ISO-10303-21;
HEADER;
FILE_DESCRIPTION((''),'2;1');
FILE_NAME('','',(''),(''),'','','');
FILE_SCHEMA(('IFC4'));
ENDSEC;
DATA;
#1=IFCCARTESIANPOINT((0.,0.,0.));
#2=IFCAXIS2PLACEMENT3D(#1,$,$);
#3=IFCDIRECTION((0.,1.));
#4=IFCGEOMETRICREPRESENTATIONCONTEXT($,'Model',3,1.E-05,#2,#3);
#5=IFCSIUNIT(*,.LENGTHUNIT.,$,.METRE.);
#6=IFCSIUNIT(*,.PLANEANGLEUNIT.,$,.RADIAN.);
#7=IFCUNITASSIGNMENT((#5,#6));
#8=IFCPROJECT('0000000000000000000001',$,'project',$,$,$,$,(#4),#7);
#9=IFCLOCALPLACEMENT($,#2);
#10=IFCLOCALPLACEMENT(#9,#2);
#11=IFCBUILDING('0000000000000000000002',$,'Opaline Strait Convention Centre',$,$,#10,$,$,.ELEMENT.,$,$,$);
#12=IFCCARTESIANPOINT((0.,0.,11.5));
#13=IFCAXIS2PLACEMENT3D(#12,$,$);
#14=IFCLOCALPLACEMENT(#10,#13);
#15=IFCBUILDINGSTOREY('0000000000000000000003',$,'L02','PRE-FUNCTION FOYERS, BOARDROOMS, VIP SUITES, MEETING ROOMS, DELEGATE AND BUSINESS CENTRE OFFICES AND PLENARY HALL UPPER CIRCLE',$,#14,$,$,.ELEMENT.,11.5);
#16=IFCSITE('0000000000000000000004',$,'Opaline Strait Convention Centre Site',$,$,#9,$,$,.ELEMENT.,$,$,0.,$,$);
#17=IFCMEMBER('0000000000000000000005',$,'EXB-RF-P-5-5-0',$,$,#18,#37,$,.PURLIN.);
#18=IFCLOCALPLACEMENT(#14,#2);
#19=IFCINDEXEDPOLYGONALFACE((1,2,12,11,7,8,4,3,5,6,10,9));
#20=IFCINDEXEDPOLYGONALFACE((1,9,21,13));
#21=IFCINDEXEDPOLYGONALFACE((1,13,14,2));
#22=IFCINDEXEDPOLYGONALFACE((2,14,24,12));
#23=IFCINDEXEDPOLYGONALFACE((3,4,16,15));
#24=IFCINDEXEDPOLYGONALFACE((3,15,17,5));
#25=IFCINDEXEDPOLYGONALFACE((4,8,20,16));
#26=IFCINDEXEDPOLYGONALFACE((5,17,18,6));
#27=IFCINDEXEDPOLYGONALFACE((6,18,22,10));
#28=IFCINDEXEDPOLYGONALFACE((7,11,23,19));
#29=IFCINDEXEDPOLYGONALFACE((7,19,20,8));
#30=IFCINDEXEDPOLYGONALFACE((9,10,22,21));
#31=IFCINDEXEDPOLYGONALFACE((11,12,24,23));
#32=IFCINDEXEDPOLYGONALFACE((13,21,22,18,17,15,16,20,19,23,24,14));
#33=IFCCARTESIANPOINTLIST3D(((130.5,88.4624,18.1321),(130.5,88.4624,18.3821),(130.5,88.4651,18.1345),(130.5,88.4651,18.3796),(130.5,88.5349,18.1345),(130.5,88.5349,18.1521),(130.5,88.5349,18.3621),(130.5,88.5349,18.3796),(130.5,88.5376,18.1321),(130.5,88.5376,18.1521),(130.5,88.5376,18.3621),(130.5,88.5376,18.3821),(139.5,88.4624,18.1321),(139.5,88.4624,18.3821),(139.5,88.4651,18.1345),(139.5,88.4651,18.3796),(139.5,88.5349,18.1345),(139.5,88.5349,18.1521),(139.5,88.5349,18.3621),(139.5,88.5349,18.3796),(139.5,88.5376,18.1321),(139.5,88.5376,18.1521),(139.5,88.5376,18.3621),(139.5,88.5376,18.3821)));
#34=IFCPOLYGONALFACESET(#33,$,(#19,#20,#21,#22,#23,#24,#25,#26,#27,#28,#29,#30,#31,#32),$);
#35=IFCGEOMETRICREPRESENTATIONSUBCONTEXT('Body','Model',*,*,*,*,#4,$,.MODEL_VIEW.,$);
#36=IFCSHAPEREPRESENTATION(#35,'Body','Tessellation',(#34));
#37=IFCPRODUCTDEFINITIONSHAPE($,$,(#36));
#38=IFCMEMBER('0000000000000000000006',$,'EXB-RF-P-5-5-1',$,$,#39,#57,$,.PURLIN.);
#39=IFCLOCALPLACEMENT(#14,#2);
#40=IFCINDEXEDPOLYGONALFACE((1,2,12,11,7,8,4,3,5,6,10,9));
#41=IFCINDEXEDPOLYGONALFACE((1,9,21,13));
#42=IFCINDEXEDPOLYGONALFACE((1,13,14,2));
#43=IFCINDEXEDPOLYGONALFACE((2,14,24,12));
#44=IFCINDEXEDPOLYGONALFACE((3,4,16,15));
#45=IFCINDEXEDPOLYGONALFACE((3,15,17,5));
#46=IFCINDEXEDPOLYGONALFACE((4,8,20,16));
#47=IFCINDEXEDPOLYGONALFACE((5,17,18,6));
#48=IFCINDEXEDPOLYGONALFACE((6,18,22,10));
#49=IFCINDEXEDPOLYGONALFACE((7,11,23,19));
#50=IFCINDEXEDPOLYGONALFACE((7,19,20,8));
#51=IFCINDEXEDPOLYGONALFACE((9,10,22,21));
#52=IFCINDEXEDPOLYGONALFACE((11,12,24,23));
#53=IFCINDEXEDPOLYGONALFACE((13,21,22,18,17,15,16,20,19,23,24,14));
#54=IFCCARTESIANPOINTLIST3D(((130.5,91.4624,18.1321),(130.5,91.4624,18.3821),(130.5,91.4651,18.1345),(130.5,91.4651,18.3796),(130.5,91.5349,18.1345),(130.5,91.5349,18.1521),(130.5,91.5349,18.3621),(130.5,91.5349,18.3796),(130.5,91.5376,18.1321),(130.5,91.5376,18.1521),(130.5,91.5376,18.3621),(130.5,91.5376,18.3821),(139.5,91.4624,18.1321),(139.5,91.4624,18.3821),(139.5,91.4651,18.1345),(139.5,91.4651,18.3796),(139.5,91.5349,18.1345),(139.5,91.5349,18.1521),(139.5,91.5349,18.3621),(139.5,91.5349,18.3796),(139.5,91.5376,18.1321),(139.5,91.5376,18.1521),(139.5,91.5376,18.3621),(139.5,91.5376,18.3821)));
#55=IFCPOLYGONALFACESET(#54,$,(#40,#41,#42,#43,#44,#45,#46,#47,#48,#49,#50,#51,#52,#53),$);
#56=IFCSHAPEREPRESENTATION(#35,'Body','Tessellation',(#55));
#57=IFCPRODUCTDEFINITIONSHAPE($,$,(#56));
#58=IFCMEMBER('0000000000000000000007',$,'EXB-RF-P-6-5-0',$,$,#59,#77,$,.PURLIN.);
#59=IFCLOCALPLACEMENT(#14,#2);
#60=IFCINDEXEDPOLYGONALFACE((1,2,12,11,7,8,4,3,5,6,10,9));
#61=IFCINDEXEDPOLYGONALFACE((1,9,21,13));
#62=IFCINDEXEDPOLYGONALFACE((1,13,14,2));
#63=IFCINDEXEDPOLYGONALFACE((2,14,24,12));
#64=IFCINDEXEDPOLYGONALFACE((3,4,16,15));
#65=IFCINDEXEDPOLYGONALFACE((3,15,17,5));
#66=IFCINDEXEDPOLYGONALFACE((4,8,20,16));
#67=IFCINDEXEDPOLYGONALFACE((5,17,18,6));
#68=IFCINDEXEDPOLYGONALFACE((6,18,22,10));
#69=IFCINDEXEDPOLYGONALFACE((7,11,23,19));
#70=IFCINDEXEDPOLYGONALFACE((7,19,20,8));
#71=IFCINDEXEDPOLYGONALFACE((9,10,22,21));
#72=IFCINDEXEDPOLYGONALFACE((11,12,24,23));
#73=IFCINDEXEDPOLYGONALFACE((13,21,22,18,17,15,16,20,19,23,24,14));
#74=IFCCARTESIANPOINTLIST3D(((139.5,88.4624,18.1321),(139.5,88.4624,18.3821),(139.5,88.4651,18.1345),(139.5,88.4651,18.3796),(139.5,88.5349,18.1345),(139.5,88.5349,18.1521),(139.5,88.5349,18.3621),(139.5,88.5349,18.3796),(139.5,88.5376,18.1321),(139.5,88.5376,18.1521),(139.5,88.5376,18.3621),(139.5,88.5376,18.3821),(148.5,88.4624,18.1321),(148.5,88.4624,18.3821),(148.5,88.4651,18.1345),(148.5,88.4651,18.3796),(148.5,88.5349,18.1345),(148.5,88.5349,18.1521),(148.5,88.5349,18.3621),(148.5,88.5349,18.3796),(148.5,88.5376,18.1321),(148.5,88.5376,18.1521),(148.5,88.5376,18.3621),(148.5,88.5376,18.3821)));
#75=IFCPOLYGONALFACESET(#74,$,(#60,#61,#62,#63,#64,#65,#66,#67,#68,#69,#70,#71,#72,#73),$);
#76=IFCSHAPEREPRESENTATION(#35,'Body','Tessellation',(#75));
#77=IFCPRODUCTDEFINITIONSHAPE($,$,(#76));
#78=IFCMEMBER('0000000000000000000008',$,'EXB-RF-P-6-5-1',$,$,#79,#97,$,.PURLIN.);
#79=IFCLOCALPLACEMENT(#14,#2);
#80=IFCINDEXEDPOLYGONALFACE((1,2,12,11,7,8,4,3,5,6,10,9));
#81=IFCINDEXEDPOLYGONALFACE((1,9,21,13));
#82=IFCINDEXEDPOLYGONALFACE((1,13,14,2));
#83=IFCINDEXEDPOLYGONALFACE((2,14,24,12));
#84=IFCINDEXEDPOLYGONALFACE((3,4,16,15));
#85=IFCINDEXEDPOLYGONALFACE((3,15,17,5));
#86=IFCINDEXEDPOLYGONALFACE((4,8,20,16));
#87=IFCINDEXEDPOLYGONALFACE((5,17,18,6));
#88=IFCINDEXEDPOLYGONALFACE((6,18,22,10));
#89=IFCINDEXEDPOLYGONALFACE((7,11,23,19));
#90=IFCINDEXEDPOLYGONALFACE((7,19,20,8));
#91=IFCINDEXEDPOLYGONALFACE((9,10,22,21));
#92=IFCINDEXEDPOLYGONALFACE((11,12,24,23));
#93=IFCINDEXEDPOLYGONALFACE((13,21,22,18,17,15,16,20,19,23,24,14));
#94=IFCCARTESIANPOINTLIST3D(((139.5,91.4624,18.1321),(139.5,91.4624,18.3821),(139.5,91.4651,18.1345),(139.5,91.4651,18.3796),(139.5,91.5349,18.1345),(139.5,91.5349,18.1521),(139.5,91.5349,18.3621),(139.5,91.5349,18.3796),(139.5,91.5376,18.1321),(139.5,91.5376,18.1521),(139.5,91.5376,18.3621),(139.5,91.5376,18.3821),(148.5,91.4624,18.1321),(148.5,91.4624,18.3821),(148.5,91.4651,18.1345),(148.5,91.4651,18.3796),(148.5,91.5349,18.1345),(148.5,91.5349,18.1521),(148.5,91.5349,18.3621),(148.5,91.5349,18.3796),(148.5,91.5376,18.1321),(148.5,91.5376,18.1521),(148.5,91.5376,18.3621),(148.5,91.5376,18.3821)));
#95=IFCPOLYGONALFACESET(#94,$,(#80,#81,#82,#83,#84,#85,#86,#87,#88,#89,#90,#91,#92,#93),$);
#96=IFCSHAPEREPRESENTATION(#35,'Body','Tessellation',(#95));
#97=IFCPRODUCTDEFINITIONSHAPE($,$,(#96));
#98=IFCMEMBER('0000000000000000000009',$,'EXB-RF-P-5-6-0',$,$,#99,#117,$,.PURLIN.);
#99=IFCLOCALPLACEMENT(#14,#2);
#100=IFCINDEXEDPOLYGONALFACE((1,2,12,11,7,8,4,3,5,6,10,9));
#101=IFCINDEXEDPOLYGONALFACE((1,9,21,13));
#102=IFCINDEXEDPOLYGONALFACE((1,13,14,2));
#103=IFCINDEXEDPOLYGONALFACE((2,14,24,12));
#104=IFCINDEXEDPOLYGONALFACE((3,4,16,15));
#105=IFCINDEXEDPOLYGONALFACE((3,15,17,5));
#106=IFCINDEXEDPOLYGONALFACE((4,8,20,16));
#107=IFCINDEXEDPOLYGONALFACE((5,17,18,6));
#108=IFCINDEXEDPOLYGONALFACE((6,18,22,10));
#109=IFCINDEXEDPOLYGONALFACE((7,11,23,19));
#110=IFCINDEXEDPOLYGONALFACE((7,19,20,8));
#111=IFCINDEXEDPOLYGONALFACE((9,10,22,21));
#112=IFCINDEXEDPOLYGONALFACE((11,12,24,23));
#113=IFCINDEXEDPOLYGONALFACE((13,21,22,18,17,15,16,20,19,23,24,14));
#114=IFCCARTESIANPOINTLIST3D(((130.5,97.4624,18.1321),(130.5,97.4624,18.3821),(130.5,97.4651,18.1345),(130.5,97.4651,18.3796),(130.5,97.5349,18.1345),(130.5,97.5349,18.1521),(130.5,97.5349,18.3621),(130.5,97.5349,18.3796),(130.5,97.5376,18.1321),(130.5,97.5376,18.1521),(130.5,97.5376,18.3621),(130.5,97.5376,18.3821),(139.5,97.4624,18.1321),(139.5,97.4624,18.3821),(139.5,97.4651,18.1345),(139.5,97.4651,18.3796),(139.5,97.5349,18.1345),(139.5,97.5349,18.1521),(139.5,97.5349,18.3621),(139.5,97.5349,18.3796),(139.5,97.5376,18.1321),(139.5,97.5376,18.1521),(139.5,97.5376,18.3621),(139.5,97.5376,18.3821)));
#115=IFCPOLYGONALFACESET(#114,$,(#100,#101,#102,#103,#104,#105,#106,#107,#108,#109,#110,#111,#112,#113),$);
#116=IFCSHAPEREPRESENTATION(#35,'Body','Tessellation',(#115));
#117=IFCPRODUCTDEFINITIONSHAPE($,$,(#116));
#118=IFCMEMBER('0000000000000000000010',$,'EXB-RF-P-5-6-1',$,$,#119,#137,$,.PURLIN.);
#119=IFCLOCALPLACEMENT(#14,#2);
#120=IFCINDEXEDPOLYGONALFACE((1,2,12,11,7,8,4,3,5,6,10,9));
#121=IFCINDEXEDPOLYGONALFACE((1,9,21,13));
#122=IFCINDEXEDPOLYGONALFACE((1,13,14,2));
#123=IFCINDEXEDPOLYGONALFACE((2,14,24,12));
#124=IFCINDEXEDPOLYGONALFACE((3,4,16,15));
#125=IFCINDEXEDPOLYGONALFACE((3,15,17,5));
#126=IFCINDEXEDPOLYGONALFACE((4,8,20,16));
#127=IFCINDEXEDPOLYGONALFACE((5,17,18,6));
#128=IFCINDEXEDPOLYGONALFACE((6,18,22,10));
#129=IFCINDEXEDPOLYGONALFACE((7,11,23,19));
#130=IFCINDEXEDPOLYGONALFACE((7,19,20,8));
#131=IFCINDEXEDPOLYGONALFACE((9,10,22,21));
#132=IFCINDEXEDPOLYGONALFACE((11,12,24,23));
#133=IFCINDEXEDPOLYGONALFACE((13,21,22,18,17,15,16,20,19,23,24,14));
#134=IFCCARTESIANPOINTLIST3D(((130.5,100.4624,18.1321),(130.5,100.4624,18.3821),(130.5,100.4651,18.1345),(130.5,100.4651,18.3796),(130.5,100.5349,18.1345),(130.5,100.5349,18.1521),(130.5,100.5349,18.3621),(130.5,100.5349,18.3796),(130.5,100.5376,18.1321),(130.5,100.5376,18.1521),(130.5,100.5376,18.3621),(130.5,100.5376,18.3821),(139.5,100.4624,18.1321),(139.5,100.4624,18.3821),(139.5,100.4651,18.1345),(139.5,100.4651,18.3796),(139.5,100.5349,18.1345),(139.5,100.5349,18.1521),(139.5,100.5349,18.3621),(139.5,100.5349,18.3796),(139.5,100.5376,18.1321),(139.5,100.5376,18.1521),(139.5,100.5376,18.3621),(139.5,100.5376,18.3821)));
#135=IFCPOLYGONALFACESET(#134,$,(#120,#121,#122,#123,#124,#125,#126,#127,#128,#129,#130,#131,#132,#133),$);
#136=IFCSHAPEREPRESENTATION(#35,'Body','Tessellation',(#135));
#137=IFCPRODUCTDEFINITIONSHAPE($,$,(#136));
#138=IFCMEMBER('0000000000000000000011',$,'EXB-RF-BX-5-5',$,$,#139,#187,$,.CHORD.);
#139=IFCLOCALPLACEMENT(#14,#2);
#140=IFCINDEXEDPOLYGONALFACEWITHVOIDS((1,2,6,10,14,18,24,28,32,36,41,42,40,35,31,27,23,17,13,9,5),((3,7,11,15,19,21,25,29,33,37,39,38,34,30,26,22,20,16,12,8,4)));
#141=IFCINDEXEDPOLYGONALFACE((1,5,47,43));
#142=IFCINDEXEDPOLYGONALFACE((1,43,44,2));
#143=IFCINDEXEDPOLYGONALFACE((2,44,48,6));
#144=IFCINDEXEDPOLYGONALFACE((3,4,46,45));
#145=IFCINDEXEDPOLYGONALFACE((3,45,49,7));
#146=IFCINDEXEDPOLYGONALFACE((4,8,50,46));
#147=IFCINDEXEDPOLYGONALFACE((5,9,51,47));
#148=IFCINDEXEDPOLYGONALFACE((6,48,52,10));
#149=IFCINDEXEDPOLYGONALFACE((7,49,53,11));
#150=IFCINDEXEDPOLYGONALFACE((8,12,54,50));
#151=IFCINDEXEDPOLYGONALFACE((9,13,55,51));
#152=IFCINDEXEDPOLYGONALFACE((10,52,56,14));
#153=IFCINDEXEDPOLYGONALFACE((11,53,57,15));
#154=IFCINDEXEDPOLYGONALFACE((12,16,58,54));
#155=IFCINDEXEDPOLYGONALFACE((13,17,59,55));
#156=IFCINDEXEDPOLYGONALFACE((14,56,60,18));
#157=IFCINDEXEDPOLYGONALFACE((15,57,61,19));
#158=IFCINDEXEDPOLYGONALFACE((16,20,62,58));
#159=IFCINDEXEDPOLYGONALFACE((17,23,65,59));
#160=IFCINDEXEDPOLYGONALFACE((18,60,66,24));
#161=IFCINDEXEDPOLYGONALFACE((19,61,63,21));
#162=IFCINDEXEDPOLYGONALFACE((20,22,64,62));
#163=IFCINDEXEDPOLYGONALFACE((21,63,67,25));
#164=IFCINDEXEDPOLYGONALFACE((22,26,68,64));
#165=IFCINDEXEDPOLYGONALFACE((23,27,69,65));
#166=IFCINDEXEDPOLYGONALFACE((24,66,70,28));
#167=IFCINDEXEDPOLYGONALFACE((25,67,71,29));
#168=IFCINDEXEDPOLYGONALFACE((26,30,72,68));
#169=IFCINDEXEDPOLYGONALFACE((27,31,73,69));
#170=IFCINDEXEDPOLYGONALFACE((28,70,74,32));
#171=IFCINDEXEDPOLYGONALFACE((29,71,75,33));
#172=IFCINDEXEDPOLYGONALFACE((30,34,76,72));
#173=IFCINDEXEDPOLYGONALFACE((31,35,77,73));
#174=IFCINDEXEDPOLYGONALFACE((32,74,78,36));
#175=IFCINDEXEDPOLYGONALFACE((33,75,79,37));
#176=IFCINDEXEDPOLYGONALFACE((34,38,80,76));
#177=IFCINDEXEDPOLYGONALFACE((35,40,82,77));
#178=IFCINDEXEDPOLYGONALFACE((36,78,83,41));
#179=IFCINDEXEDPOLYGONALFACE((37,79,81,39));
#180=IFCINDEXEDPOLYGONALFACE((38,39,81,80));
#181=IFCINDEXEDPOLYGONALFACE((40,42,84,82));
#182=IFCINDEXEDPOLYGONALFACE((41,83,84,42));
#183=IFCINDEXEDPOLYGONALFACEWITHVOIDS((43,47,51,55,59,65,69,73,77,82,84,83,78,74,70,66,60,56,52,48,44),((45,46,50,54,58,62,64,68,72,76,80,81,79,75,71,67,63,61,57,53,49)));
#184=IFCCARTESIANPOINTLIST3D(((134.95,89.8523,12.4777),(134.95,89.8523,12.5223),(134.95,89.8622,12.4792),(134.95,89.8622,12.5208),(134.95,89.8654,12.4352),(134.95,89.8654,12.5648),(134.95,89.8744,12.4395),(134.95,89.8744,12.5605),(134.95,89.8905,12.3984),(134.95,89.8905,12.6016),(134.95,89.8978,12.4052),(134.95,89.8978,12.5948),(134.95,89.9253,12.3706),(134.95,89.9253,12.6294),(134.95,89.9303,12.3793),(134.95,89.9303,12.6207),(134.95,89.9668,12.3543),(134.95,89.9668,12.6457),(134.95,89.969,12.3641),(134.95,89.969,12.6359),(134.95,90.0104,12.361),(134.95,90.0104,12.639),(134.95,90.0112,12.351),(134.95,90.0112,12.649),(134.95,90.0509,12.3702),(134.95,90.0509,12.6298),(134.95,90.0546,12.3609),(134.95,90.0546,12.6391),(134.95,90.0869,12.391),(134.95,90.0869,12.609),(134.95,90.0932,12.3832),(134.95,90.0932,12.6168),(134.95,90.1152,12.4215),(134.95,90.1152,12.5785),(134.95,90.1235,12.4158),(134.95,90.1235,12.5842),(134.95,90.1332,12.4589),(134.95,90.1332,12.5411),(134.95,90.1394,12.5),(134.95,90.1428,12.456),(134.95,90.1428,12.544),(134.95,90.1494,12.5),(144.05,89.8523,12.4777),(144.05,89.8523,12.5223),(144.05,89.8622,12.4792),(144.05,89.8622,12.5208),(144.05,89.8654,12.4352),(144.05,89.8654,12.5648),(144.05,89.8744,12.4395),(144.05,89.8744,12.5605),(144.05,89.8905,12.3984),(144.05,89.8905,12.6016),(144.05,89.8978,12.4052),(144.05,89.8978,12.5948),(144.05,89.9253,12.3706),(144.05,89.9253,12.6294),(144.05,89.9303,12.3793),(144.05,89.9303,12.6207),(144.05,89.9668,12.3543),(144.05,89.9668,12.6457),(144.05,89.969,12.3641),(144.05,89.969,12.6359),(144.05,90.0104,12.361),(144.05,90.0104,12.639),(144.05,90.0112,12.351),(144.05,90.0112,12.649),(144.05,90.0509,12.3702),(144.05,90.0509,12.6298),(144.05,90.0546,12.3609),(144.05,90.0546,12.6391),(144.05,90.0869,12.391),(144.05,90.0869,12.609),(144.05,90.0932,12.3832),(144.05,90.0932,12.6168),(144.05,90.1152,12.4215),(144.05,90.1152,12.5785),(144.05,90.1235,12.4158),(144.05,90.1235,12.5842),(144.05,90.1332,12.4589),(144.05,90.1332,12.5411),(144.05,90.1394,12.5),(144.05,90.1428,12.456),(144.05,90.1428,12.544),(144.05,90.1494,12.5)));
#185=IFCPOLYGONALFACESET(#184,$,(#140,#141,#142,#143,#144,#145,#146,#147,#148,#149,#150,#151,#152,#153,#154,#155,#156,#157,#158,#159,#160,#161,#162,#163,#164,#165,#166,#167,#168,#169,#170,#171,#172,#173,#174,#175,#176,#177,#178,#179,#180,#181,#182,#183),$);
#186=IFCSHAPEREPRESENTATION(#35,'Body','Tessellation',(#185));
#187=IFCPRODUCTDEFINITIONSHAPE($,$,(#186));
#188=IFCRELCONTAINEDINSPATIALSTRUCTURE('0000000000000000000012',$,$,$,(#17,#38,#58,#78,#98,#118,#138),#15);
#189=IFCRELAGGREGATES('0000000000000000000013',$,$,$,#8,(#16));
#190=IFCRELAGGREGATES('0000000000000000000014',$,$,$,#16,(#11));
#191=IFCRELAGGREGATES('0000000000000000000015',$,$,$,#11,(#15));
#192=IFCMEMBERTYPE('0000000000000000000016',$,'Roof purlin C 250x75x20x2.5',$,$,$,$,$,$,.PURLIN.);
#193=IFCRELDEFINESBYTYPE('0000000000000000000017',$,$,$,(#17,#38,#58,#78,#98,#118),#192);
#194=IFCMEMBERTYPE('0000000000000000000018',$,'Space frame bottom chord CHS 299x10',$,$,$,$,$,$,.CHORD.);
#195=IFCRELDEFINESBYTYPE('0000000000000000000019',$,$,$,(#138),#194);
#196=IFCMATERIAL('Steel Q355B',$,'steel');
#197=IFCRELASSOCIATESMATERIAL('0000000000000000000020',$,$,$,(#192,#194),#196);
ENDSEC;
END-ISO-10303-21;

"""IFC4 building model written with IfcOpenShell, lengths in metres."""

from ifc_helpers import new_model, si_unit, direction, frame, origin, origin_2d, place, context, subcontext, project, spatial, polyline, hollow_circle, outline, extrude, material, material_profile, profile_set, type_object, element, save


model = new_model("IFC4")

# Units and contexts
model_context = context("Model", 3, precision=1e-05, world=origin(), true_north=direction((0.0, 1.0)))
body_context = subcontext(model_context, "Body", "Model", "MODEL_VIEW")
ifc_project = project(units=[si_unit("LENGTHUNIT", "METRE"), si_unit("PLANEANGLEUNIT", "RADIAN")], contexts=[model_context])

# Site, building, storey
site_placement = place(None, origin())
site = spatial("IfcSite", under=ifc_project, at=site_placement, Name="Opaline Strait Convention Centre Site", CompositionType="ELEMENT", RefElevation=0.0)
building_placement = place(site_placement, origin())
building = spatial("IfcBuilding", under=site, at=building_placement, Name="Opaline Strait Convention Centre", CompositionType="ELEMENT")
storey_placement = place(building_placement, frame((0.0, 0.0, 11.5)))
storey = spatial("IfcBuildingStorey", under=building, at=storey_placement, Name="L02", Description="PRE-FUNCTION FOYERS, BOARDROOMS, VIP SUITES, MEETING ROOMS, DELEGATE AND BUSINESS CENTRE OFFICES AND PLENARY HALL UPPER CIRCLE", CompositionType="ELEMENT", Elevation=11.5)

# Members
ifc_material = material(Name="Steel Q355B", Category="steel")
ifc_material_profile_1 = material_profile(ifc_material, outline(polyline([(-0.0376, -0.125), (0.0376, -0.125), (0.0376, -0.105), (0.0349, -0.105), (0.0349, -0.1226), (-0.0349, -0.1226), (-0.0349, 0.1226), (0.0349, 0.1226), (0.0349, 0.105), (0.0376, 0.105), (0.0376, 0.125), (-0.0376, 0.125), (-0.0376, -0.125)])), Name="C 250x75x20x2.5")
ifc_profile_set_1 = profile_set([ifc_material_profile_1], Name="Steel Q355B")
member_type_1 = type_object("IfcMemberType", Name="Roof purlin C 250x75x20x2.5", PredefinedType="PURLIN", material=ifc_profile_set_1)
for number, where, z_axis, x_axis, name in (
    (1, (130.5, 88.5, 18.2571), (1.0, 0.0, 0.0), (0.0, 1.0, 0.0), "EXB-RF-P-5-5-0"),
    (2, (130.5, 91.5, 18.2571), (1.0, 0.0, 0.0), (0.0, 1.0, 0.0), "EXB-RF-P-5-5-1"),
    (3, (139.5, 88.5, 18.2571), (1.0, 0.0, 0.0), (0.0, 1.0, 0.0), "EXB-RF-P-6-5-0"),
    (4, (139.5, 91.5, 18.2571), (1.0, 0.0, 0.0), (0.0, 1.0, 0.0), "EXB-RF-P-6-5-1"),
    (5, (130.5, 97.5, 18.2571), (1.0, 0.0, 0.0), (0.0, 1.0, 0.0), "EXB-RF-P-5-6-0"),
    (6, (130.5, 100.5, 18.2571), (1.0, 0.0, 0.0), (0.0, 1.0, 0.0), "EXB-RF-P-5-6-1"),
):
    element("IfcMember", number, at=place(storey_placement, frame(where, z_axis=z_axis, x_axis=x_axis)), inside=storey, type_object=member_type_1, Name=name, PredefinedType="PURLIN", context=body_context, shape_type="SweptSolid", body=[
        extrude(outline(polyline([(-0.0376, -0.125), (0.0376, -0.125), (0.0376, -0.105), (0.0349, -0.105), (0.0349, -0.1226), (-0.0349, -0.1226), (-0.0349, 0.1226), (0.0349, 0.1226), (0.0349, 0.105), (0.0376, 0.105), (0.0376, 0.125), (-0.0376, 0.125), (-0.0376, -0.125)])), origin(), (0.0, 0.0, 1.0), 9.0),
    ])
ifc_material_profile_2 = material_profile(ifc_material, hollow_circle(Radius=0.1494, WallThickness=0.01, at=origin_2d()), Name="CHS 299x10")
ifc_profile_set_2 = profile_set([ifc_material_profile_2], Name="Steel Q355B")
member_type_2 = type_object("IfcMemberType", Name="Space frame bottom chord CHS 299x10", PredefinedType="CHORD", material=ifc_profile_set_2)
for number, where, z_axis, x_axis, name in (
    (7, (134.95, 90.0, 12.5), (1.0, 0.0, 0.0), (0.0, 1.0, 0.0), "EXB-RF-BX-5-5"),
):
    element("IfcMember", number, at=place(storey_placement, frame(where, z_axis=z_axis, x_axis=x_axis)), inside=storey, type_object=member_type_2, Name=name, PredefinedType="CHORD", context=body_context, shape_type="SweptSolid", body=[
        extrude(hollow_circle(Radius=0.1494, WallThickness=0.01, at=origin_2d()), origin(), (0.0, 0.0, 1.0), 9.1001),
    ])

save(model, "model.ifc")
